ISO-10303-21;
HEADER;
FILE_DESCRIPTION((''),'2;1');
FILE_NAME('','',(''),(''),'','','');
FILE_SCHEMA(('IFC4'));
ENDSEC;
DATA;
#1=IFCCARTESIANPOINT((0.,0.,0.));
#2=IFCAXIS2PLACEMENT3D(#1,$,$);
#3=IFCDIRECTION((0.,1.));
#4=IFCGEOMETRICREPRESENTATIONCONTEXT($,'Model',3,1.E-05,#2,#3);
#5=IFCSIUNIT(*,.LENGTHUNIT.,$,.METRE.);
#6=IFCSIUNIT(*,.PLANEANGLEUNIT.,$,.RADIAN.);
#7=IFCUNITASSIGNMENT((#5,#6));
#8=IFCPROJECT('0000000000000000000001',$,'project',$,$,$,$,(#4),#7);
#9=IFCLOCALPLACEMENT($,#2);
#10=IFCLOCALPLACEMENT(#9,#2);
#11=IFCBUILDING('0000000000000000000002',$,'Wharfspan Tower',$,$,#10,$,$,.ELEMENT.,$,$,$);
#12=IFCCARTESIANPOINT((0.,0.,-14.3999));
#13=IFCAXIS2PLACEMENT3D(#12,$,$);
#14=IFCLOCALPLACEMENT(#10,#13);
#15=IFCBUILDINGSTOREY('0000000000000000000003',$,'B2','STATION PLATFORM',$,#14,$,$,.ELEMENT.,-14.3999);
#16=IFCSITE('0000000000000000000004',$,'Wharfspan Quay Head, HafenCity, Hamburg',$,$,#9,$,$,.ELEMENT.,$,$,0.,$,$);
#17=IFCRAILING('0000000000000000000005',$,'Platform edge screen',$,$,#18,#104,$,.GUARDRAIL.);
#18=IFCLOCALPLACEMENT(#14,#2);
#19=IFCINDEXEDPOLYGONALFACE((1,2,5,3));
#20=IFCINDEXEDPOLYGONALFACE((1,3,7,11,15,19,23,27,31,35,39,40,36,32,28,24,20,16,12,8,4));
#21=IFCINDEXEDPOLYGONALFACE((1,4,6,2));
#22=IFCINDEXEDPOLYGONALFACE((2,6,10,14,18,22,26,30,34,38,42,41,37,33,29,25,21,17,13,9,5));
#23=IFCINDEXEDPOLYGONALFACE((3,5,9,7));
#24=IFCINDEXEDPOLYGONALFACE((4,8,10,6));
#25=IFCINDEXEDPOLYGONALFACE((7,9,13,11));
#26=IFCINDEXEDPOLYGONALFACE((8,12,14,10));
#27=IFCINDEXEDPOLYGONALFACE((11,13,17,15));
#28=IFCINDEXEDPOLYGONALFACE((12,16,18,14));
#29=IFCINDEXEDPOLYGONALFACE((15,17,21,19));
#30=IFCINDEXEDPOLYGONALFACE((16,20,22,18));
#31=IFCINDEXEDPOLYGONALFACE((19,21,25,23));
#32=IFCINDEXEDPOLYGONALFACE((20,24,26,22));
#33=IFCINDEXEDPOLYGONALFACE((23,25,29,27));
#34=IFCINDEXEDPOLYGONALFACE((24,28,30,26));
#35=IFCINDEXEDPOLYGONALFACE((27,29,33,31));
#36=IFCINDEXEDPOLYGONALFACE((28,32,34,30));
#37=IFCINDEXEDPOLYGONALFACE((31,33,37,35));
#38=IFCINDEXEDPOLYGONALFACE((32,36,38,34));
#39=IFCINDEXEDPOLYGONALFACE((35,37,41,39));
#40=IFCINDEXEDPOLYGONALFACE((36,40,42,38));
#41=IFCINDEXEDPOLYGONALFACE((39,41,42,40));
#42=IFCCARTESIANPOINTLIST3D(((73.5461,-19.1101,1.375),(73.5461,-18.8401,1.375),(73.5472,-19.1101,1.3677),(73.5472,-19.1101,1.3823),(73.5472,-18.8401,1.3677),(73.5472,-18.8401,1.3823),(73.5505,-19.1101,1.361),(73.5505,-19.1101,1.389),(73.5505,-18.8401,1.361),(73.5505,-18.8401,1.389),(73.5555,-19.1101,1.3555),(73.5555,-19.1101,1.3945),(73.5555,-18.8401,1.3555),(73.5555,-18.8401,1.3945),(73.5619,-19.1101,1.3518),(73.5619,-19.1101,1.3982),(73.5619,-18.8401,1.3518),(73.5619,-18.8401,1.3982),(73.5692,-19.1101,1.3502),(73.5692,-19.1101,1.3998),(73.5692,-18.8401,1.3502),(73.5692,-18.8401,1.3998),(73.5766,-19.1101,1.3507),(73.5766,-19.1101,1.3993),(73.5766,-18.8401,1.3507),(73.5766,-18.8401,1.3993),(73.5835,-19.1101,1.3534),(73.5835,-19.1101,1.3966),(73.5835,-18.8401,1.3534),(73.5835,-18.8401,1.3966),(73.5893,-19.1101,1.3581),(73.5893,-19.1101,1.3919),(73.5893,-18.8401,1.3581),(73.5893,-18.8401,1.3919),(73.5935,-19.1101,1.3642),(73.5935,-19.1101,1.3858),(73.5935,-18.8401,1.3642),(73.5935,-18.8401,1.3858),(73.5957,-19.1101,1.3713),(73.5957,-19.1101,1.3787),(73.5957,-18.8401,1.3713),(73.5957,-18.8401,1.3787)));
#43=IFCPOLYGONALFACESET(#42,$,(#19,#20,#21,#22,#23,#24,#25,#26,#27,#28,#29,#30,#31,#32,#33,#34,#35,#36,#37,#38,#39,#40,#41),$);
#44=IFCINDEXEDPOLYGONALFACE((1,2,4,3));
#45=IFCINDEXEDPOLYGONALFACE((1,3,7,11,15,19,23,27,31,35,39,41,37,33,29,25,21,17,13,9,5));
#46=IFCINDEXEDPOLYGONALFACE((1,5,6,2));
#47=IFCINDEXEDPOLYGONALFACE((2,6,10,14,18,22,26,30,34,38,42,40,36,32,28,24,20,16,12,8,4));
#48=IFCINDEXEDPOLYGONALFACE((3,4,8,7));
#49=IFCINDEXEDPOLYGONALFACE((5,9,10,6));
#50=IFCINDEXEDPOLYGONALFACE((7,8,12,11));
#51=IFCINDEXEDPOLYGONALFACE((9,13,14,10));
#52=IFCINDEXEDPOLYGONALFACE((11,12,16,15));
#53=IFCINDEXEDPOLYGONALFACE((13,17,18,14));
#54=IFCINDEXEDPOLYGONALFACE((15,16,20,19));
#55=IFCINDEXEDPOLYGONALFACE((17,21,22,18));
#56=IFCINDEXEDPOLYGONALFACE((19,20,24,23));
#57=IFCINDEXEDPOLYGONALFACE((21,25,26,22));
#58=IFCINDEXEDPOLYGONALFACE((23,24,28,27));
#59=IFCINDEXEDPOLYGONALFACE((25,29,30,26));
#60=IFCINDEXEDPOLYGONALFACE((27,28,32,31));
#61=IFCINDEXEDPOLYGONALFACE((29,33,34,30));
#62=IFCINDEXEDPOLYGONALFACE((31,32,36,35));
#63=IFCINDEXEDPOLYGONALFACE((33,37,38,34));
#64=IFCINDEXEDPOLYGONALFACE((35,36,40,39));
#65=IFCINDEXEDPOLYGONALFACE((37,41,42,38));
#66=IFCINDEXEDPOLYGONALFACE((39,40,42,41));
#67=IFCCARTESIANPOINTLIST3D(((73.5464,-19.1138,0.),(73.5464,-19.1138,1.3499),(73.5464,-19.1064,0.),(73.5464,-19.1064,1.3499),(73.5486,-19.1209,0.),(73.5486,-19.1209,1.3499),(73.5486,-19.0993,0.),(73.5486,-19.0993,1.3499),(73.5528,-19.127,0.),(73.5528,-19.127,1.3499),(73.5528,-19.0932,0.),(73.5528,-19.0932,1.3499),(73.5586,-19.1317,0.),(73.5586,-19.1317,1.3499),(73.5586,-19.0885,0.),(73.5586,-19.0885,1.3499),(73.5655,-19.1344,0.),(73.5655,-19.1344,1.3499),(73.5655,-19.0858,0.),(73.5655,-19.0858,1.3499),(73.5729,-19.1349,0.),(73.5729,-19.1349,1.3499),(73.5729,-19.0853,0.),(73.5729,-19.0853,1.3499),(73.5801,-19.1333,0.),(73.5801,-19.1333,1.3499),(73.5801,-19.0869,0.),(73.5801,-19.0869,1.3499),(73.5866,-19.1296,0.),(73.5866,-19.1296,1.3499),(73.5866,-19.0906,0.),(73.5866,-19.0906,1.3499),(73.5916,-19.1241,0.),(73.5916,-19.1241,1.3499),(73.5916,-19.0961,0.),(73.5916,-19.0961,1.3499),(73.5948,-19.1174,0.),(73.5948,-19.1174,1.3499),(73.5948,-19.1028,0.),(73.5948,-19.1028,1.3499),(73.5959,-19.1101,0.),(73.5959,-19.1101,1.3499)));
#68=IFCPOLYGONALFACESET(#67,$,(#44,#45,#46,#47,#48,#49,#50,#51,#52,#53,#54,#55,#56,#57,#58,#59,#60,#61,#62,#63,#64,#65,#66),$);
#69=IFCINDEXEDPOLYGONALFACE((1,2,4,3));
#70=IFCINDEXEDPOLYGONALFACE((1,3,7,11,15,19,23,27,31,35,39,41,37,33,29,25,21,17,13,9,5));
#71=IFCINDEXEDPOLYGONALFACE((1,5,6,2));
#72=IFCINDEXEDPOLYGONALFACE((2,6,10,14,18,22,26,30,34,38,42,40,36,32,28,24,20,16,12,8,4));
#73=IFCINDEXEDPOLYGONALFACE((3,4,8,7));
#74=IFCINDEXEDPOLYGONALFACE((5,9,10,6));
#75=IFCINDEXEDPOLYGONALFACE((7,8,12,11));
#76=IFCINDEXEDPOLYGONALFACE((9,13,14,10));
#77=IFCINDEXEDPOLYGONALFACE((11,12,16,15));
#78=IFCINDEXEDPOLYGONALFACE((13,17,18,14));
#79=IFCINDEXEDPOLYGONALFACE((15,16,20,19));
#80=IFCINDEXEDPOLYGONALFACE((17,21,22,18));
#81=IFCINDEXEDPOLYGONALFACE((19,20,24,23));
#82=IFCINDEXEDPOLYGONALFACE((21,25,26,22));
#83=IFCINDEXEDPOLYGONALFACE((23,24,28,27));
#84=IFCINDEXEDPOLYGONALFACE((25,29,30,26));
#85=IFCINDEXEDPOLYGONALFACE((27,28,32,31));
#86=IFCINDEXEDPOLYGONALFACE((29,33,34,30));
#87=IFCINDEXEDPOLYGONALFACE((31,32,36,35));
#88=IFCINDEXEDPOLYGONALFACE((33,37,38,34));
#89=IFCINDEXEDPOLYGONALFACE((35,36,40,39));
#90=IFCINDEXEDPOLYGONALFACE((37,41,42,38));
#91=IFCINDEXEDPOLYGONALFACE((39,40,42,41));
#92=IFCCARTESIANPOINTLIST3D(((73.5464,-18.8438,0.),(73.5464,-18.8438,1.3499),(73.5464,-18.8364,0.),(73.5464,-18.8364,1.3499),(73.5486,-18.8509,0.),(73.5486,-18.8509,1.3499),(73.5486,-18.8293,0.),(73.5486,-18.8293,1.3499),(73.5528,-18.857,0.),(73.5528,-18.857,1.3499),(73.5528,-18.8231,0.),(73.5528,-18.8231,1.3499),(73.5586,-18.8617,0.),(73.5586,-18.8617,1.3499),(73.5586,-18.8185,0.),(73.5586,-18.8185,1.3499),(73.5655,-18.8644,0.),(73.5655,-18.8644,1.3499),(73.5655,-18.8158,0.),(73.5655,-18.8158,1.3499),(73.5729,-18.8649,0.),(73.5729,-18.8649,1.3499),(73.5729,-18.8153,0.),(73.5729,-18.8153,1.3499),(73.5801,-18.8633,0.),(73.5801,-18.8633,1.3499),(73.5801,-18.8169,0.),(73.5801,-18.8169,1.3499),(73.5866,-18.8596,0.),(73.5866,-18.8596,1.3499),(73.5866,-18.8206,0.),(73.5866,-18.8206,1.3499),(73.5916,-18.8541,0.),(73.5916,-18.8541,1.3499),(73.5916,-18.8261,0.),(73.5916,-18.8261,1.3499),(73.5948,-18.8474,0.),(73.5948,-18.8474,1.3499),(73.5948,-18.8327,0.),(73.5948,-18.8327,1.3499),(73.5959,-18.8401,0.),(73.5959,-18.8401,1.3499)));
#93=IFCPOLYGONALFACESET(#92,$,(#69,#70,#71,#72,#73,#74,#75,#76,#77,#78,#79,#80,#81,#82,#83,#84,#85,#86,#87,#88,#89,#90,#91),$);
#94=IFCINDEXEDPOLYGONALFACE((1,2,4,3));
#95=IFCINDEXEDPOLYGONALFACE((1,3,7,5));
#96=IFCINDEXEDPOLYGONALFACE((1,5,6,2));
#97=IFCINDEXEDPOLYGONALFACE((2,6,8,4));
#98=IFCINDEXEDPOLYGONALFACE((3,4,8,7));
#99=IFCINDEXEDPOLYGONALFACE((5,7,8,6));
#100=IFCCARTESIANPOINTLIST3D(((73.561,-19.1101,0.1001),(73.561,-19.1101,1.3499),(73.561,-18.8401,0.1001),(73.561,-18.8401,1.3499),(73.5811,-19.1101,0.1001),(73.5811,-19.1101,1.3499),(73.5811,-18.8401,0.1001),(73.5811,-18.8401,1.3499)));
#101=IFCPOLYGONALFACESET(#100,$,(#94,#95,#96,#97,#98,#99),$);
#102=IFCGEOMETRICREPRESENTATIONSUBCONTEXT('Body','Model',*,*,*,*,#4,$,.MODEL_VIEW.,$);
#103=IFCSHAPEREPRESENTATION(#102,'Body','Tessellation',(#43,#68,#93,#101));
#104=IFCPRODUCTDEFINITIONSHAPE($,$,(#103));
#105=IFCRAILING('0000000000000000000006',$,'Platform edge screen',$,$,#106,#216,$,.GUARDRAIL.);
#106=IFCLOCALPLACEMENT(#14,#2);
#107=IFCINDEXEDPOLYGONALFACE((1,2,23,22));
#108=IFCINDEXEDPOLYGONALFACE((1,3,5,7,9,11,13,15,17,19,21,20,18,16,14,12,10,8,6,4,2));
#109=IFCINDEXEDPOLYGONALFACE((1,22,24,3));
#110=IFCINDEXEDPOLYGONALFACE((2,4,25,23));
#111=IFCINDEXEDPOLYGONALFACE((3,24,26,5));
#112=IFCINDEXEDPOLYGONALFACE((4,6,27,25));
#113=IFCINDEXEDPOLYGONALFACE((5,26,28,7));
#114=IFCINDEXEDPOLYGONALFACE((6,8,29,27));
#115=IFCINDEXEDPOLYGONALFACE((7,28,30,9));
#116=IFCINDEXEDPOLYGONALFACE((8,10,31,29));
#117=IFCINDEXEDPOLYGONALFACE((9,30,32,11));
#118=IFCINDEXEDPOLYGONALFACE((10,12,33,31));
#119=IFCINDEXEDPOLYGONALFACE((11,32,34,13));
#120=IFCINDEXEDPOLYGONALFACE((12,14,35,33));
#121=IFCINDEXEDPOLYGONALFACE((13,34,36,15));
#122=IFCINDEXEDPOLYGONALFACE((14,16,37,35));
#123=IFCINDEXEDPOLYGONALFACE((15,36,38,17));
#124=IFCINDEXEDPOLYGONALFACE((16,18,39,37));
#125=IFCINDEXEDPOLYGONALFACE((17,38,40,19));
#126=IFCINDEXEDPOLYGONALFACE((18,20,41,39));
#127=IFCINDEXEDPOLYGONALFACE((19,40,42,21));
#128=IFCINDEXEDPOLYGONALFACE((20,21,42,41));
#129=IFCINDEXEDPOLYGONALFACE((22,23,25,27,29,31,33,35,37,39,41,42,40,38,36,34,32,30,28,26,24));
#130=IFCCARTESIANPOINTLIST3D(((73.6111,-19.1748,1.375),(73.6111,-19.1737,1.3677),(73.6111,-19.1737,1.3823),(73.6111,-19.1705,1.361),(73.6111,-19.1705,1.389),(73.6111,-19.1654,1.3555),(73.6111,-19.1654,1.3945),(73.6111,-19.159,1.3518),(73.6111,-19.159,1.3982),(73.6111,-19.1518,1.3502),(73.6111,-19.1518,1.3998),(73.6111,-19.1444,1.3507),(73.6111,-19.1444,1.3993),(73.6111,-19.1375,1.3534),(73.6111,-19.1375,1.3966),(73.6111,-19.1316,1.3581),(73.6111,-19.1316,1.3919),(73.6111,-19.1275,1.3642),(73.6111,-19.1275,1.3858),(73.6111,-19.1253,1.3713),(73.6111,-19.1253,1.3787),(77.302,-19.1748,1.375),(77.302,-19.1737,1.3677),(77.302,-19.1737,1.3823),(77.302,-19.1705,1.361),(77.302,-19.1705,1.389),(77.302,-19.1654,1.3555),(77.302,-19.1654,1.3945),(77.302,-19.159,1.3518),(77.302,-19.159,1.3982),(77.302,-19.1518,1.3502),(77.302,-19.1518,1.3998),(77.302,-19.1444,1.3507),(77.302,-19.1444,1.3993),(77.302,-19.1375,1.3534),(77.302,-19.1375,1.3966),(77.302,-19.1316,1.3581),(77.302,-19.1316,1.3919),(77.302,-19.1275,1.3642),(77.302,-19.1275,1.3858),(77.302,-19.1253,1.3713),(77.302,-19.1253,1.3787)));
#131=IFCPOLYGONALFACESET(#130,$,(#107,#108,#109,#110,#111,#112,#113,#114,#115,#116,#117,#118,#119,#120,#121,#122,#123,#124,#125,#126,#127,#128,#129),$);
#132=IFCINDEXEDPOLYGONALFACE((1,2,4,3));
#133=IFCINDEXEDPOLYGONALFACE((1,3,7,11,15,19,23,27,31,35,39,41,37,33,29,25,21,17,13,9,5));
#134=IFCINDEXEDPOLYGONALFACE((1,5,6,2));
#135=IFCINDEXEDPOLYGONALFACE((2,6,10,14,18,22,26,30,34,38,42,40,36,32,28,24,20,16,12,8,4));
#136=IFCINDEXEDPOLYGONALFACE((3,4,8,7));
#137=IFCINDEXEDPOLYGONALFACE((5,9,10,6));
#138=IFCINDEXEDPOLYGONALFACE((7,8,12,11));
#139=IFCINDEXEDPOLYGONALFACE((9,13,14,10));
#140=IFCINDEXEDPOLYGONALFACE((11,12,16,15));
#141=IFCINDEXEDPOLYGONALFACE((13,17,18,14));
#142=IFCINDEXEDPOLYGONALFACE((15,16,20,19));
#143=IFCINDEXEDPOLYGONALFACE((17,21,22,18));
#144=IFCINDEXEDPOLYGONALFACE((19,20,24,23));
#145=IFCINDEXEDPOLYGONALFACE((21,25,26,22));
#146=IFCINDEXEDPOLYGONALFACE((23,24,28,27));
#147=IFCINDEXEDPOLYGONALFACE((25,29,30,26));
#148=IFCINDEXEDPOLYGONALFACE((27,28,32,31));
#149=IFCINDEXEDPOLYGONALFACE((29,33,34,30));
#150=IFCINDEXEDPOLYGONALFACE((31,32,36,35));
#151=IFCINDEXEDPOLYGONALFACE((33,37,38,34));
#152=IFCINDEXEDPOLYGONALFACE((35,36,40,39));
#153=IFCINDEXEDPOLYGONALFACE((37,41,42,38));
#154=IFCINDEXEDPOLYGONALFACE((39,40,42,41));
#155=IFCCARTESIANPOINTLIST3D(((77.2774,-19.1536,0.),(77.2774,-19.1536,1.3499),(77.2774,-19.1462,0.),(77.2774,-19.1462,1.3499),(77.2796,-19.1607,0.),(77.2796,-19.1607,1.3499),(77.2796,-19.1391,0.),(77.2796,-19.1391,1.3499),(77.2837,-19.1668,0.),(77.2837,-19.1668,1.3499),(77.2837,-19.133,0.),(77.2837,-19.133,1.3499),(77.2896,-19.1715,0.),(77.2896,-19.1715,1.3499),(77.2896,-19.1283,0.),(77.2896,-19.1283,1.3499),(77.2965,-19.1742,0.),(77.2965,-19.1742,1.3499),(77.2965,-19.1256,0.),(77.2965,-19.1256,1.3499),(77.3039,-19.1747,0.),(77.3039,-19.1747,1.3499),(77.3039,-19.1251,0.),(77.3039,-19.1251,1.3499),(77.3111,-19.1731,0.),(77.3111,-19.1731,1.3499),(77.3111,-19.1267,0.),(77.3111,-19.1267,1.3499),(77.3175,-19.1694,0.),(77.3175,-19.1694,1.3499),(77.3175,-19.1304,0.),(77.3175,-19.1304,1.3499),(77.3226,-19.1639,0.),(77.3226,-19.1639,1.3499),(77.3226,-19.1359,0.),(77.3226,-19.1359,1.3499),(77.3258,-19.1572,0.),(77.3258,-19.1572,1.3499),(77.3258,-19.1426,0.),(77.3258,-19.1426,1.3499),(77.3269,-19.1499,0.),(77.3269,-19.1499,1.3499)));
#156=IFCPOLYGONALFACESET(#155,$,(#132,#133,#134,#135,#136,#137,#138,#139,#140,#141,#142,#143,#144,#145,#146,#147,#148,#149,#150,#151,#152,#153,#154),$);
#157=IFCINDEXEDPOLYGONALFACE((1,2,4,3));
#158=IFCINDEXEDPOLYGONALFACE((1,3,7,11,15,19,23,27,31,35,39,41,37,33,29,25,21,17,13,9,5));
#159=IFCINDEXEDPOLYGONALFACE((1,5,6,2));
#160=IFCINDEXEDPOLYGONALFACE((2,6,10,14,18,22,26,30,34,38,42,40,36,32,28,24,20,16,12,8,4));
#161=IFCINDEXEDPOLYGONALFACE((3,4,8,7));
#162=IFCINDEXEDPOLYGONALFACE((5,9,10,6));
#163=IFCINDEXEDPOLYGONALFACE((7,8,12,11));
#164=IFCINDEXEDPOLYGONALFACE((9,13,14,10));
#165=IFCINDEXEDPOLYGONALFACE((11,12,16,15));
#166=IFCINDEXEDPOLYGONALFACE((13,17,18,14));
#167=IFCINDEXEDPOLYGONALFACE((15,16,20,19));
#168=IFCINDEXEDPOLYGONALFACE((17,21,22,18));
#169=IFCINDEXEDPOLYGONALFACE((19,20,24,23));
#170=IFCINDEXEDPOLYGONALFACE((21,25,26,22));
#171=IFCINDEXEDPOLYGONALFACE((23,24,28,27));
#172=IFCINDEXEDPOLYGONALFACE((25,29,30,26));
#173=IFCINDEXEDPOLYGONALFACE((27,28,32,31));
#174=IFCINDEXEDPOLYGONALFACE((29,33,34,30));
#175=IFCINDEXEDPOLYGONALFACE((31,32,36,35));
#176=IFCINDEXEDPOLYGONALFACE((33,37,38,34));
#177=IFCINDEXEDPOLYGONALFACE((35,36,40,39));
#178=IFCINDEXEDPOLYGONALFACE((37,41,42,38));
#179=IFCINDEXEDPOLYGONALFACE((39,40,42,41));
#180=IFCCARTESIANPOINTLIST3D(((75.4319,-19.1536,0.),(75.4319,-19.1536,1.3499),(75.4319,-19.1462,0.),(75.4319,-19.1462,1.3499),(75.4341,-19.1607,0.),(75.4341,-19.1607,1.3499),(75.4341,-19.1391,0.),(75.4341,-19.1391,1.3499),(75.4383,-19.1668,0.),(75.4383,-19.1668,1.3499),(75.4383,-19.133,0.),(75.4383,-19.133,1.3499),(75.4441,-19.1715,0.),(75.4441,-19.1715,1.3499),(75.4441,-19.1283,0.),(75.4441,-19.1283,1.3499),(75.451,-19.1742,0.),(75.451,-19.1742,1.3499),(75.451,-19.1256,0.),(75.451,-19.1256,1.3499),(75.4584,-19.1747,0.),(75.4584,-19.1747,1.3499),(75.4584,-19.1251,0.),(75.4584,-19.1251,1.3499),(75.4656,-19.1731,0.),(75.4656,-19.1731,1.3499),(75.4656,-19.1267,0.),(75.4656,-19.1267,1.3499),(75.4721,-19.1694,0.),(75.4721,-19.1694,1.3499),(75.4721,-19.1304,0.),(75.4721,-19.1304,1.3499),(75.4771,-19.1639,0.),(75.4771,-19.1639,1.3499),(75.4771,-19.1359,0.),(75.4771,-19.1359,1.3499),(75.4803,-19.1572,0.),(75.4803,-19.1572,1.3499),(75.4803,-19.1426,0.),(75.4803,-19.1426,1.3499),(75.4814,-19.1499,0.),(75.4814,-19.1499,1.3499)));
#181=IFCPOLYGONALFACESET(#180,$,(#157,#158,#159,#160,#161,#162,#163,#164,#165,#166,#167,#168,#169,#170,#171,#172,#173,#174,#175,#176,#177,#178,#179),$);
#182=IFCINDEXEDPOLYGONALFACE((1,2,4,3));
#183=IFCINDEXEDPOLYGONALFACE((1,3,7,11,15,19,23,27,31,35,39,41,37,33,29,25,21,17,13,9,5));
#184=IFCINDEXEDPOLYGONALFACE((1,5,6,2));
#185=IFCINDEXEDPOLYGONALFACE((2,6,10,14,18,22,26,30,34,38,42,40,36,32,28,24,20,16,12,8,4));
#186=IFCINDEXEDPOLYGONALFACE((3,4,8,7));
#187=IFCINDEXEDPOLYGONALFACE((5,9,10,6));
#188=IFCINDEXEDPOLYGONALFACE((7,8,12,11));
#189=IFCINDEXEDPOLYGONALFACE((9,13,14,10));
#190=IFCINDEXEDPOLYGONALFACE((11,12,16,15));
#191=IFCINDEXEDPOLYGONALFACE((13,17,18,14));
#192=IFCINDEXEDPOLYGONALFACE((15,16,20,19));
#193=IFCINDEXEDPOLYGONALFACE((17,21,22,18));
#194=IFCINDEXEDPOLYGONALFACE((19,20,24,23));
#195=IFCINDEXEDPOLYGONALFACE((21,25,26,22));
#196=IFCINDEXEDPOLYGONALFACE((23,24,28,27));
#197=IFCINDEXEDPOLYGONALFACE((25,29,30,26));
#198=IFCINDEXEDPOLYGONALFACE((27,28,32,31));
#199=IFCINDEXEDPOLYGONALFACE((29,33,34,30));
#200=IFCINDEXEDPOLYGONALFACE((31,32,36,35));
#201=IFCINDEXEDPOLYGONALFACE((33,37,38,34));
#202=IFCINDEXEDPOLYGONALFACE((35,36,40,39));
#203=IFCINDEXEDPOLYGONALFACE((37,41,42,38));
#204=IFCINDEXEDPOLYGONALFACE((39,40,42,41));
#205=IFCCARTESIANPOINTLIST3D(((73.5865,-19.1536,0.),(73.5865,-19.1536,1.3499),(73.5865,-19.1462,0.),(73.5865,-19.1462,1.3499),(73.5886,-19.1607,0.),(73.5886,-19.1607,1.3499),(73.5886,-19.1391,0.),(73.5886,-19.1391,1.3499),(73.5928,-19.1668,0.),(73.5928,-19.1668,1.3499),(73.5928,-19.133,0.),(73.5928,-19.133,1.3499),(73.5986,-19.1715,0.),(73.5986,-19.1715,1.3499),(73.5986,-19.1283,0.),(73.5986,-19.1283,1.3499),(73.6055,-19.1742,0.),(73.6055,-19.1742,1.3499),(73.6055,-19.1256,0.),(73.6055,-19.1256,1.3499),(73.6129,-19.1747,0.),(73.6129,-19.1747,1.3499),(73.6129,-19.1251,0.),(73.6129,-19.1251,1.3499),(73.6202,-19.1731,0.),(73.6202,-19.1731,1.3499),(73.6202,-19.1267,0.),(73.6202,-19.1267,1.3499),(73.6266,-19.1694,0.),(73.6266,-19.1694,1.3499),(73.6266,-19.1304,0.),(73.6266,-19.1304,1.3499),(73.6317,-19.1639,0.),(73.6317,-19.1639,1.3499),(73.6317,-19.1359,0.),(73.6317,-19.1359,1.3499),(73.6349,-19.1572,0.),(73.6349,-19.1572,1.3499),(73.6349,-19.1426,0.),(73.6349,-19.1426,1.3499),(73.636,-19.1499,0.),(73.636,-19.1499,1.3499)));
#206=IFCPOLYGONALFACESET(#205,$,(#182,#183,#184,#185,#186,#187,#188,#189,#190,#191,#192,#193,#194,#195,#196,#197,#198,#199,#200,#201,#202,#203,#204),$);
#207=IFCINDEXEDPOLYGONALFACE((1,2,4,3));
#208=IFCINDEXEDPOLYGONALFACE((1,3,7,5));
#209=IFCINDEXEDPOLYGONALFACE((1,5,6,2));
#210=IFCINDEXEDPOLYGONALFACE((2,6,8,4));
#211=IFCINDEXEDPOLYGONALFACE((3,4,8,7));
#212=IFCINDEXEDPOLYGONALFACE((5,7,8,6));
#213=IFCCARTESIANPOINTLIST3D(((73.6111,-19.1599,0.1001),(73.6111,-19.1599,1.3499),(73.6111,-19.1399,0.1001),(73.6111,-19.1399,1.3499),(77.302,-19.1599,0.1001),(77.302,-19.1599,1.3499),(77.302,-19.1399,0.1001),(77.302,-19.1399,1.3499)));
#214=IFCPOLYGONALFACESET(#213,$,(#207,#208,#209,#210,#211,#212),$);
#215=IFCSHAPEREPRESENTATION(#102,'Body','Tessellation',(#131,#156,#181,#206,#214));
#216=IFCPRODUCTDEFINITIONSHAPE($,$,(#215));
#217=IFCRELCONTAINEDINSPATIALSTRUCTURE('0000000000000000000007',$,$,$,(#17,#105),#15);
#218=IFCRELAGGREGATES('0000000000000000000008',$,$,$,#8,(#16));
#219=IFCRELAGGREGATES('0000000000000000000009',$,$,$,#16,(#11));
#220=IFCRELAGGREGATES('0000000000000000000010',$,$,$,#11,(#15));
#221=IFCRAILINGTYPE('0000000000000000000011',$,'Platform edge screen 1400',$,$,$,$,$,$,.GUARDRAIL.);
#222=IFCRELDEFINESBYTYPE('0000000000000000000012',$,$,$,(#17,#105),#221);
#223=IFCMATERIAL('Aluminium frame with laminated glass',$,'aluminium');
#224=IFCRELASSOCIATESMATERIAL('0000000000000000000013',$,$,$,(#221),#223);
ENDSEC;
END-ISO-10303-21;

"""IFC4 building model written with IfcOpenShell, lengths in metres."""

from ifc_helpers import new_model, si_unit, direction, frame, origin, origin_2d, place, context, subcontext, project, spatial, rectangle, circle, extrude, material, type_object, element, save


model = new_model("IFC4")

# Units and contexts
model_context = context("Model", 3, precision=1e-05, world=origin(), true_north=direction((0.0, 1.0)))
body_context = subcontext(model_context, "Body", "Model", "MODEL_VIEW")
ifc_project = project(units=[si_unit("LENGTHUNIT", "METRE"), si_unit("PLANEANGLEUNIT", "RADIAN")], contexts=[model_context])

# Site, building, storey
site_placement = place(None, origin())
site = spatial("IfcSite", under=ifc_project, at=site_placement, Name="Wharfspan Quay Head, HafenCity, Hamburg", CompositionType="ELEMENT", RefElevation=0.0)
building_placement = place(site_placement, origin())
building = spatial("IfcBuilding", under=site, at=building_placement, Name="Wharfspan Tower", CompositionType="ELEMENT")
storey_placement = place(building_placement, frame((0.0, 0.0, -14.3999)))
storey = spatial("IfcBuildingStorey", under=building, at=storey_placement, Name="B2", Description="STATION PLATFORM", CompositionType="ELEMENT", Elevation=-14.3999)

# Railings
ifc_material_1 = material(Name="Aluminium frame with laminated glass", Category="aluminium")
railing_type_1 = type_object("IfcRailingType", Name="Platform edge screen 1400", PredefinedType="GUARDRAIL", material=ifc_material_1)
railing_1_placement = place(storey_placement, frame((73.571, -19.1101, 0.0)))
element("IfcRailing", 1, at=railing_1_placement, inside=storey, type_object=railing_type_1, Name="Platform edge screen", PredefinedType="GUARDRAIL", context=body_context, shape_type="SweptSolid", body=[
    extrude(circle(Radius=0.0249, at=origin_2d()), frame((0.0, 0.0, 1.375), z_axis=(0.0, 1.0, 0.0), x_axis=(-1.0, 0.0, 0.0)), (0.0, 0.0, 1.0), 0.27),
    extrude(circle(Radius=0.0249, at=origin_2d()), origin(), (0.0, 0.0, 1.0), 1.3499),
    extrude(circle(Radius=0.0249, at=origin_2d()), frame((0.0, 0.27, 0.0)), (0.0, 0.0, 1.0), 1.3499),
    extrude(rectangle(XDim=0.27, YDim=0.02, at=origin_2d()), frame((0.0, 0.135, 0.1001), z_axis=(0.0, 0.0, 1.0), x_axis=(0.0, 1.0, 0.0)), (0.0, 0.0, 1.0), 1.2498),
])
railing_2_placement = place(storey_placement, frame((77.302, -19.1499, 0.0)))
element("IfcRailing", 2, at=railing_2_placement, inside=storey, type_object=railing_type_1, Name="Platform edge screen", PredefinedType="GUARDRAIL", context=body_context, shape_type="SweptSolid", body=[
    extrude(circle(Radius=0.0249, at=origin_2d()), frame((0.0, 0.0, 1.375), z_axis=(-1.0, 0.0, 0.0), x_axis=(0.0, -1.0, 0.0)), (0.0, 0.0, 1.0), 3.6909),
    extrude(circle(Radius=0.0249, at=origin_2d()), origin(), (0.0, 0.0, 1.0), 1.3499),
    extrude(circle(Radius=0.0249, at=origin_2d()), frame((-1.8455, 0.0, 0.0)), (0.0, 0.0, 1.0), 1.3499),
    extrude(circle(Radius=0.0249, at=origin_2d()), frame((-3.6909, 0.0, 0.0)), (0.0, 0.0, 1.0), 1.3499),
    extrude(rectangle(XDim=3.6909, YDim=0.02, at=origin_2d()), frame((-1.8455, 0.0, 0.1001), z_axis=(0.0, 0.0, 1.0), x_axis=(-1.0, 0.0, 0.0)), (0.0, 0.0, 1.0), 1.2498),
])

save(model, "model.ifc")
